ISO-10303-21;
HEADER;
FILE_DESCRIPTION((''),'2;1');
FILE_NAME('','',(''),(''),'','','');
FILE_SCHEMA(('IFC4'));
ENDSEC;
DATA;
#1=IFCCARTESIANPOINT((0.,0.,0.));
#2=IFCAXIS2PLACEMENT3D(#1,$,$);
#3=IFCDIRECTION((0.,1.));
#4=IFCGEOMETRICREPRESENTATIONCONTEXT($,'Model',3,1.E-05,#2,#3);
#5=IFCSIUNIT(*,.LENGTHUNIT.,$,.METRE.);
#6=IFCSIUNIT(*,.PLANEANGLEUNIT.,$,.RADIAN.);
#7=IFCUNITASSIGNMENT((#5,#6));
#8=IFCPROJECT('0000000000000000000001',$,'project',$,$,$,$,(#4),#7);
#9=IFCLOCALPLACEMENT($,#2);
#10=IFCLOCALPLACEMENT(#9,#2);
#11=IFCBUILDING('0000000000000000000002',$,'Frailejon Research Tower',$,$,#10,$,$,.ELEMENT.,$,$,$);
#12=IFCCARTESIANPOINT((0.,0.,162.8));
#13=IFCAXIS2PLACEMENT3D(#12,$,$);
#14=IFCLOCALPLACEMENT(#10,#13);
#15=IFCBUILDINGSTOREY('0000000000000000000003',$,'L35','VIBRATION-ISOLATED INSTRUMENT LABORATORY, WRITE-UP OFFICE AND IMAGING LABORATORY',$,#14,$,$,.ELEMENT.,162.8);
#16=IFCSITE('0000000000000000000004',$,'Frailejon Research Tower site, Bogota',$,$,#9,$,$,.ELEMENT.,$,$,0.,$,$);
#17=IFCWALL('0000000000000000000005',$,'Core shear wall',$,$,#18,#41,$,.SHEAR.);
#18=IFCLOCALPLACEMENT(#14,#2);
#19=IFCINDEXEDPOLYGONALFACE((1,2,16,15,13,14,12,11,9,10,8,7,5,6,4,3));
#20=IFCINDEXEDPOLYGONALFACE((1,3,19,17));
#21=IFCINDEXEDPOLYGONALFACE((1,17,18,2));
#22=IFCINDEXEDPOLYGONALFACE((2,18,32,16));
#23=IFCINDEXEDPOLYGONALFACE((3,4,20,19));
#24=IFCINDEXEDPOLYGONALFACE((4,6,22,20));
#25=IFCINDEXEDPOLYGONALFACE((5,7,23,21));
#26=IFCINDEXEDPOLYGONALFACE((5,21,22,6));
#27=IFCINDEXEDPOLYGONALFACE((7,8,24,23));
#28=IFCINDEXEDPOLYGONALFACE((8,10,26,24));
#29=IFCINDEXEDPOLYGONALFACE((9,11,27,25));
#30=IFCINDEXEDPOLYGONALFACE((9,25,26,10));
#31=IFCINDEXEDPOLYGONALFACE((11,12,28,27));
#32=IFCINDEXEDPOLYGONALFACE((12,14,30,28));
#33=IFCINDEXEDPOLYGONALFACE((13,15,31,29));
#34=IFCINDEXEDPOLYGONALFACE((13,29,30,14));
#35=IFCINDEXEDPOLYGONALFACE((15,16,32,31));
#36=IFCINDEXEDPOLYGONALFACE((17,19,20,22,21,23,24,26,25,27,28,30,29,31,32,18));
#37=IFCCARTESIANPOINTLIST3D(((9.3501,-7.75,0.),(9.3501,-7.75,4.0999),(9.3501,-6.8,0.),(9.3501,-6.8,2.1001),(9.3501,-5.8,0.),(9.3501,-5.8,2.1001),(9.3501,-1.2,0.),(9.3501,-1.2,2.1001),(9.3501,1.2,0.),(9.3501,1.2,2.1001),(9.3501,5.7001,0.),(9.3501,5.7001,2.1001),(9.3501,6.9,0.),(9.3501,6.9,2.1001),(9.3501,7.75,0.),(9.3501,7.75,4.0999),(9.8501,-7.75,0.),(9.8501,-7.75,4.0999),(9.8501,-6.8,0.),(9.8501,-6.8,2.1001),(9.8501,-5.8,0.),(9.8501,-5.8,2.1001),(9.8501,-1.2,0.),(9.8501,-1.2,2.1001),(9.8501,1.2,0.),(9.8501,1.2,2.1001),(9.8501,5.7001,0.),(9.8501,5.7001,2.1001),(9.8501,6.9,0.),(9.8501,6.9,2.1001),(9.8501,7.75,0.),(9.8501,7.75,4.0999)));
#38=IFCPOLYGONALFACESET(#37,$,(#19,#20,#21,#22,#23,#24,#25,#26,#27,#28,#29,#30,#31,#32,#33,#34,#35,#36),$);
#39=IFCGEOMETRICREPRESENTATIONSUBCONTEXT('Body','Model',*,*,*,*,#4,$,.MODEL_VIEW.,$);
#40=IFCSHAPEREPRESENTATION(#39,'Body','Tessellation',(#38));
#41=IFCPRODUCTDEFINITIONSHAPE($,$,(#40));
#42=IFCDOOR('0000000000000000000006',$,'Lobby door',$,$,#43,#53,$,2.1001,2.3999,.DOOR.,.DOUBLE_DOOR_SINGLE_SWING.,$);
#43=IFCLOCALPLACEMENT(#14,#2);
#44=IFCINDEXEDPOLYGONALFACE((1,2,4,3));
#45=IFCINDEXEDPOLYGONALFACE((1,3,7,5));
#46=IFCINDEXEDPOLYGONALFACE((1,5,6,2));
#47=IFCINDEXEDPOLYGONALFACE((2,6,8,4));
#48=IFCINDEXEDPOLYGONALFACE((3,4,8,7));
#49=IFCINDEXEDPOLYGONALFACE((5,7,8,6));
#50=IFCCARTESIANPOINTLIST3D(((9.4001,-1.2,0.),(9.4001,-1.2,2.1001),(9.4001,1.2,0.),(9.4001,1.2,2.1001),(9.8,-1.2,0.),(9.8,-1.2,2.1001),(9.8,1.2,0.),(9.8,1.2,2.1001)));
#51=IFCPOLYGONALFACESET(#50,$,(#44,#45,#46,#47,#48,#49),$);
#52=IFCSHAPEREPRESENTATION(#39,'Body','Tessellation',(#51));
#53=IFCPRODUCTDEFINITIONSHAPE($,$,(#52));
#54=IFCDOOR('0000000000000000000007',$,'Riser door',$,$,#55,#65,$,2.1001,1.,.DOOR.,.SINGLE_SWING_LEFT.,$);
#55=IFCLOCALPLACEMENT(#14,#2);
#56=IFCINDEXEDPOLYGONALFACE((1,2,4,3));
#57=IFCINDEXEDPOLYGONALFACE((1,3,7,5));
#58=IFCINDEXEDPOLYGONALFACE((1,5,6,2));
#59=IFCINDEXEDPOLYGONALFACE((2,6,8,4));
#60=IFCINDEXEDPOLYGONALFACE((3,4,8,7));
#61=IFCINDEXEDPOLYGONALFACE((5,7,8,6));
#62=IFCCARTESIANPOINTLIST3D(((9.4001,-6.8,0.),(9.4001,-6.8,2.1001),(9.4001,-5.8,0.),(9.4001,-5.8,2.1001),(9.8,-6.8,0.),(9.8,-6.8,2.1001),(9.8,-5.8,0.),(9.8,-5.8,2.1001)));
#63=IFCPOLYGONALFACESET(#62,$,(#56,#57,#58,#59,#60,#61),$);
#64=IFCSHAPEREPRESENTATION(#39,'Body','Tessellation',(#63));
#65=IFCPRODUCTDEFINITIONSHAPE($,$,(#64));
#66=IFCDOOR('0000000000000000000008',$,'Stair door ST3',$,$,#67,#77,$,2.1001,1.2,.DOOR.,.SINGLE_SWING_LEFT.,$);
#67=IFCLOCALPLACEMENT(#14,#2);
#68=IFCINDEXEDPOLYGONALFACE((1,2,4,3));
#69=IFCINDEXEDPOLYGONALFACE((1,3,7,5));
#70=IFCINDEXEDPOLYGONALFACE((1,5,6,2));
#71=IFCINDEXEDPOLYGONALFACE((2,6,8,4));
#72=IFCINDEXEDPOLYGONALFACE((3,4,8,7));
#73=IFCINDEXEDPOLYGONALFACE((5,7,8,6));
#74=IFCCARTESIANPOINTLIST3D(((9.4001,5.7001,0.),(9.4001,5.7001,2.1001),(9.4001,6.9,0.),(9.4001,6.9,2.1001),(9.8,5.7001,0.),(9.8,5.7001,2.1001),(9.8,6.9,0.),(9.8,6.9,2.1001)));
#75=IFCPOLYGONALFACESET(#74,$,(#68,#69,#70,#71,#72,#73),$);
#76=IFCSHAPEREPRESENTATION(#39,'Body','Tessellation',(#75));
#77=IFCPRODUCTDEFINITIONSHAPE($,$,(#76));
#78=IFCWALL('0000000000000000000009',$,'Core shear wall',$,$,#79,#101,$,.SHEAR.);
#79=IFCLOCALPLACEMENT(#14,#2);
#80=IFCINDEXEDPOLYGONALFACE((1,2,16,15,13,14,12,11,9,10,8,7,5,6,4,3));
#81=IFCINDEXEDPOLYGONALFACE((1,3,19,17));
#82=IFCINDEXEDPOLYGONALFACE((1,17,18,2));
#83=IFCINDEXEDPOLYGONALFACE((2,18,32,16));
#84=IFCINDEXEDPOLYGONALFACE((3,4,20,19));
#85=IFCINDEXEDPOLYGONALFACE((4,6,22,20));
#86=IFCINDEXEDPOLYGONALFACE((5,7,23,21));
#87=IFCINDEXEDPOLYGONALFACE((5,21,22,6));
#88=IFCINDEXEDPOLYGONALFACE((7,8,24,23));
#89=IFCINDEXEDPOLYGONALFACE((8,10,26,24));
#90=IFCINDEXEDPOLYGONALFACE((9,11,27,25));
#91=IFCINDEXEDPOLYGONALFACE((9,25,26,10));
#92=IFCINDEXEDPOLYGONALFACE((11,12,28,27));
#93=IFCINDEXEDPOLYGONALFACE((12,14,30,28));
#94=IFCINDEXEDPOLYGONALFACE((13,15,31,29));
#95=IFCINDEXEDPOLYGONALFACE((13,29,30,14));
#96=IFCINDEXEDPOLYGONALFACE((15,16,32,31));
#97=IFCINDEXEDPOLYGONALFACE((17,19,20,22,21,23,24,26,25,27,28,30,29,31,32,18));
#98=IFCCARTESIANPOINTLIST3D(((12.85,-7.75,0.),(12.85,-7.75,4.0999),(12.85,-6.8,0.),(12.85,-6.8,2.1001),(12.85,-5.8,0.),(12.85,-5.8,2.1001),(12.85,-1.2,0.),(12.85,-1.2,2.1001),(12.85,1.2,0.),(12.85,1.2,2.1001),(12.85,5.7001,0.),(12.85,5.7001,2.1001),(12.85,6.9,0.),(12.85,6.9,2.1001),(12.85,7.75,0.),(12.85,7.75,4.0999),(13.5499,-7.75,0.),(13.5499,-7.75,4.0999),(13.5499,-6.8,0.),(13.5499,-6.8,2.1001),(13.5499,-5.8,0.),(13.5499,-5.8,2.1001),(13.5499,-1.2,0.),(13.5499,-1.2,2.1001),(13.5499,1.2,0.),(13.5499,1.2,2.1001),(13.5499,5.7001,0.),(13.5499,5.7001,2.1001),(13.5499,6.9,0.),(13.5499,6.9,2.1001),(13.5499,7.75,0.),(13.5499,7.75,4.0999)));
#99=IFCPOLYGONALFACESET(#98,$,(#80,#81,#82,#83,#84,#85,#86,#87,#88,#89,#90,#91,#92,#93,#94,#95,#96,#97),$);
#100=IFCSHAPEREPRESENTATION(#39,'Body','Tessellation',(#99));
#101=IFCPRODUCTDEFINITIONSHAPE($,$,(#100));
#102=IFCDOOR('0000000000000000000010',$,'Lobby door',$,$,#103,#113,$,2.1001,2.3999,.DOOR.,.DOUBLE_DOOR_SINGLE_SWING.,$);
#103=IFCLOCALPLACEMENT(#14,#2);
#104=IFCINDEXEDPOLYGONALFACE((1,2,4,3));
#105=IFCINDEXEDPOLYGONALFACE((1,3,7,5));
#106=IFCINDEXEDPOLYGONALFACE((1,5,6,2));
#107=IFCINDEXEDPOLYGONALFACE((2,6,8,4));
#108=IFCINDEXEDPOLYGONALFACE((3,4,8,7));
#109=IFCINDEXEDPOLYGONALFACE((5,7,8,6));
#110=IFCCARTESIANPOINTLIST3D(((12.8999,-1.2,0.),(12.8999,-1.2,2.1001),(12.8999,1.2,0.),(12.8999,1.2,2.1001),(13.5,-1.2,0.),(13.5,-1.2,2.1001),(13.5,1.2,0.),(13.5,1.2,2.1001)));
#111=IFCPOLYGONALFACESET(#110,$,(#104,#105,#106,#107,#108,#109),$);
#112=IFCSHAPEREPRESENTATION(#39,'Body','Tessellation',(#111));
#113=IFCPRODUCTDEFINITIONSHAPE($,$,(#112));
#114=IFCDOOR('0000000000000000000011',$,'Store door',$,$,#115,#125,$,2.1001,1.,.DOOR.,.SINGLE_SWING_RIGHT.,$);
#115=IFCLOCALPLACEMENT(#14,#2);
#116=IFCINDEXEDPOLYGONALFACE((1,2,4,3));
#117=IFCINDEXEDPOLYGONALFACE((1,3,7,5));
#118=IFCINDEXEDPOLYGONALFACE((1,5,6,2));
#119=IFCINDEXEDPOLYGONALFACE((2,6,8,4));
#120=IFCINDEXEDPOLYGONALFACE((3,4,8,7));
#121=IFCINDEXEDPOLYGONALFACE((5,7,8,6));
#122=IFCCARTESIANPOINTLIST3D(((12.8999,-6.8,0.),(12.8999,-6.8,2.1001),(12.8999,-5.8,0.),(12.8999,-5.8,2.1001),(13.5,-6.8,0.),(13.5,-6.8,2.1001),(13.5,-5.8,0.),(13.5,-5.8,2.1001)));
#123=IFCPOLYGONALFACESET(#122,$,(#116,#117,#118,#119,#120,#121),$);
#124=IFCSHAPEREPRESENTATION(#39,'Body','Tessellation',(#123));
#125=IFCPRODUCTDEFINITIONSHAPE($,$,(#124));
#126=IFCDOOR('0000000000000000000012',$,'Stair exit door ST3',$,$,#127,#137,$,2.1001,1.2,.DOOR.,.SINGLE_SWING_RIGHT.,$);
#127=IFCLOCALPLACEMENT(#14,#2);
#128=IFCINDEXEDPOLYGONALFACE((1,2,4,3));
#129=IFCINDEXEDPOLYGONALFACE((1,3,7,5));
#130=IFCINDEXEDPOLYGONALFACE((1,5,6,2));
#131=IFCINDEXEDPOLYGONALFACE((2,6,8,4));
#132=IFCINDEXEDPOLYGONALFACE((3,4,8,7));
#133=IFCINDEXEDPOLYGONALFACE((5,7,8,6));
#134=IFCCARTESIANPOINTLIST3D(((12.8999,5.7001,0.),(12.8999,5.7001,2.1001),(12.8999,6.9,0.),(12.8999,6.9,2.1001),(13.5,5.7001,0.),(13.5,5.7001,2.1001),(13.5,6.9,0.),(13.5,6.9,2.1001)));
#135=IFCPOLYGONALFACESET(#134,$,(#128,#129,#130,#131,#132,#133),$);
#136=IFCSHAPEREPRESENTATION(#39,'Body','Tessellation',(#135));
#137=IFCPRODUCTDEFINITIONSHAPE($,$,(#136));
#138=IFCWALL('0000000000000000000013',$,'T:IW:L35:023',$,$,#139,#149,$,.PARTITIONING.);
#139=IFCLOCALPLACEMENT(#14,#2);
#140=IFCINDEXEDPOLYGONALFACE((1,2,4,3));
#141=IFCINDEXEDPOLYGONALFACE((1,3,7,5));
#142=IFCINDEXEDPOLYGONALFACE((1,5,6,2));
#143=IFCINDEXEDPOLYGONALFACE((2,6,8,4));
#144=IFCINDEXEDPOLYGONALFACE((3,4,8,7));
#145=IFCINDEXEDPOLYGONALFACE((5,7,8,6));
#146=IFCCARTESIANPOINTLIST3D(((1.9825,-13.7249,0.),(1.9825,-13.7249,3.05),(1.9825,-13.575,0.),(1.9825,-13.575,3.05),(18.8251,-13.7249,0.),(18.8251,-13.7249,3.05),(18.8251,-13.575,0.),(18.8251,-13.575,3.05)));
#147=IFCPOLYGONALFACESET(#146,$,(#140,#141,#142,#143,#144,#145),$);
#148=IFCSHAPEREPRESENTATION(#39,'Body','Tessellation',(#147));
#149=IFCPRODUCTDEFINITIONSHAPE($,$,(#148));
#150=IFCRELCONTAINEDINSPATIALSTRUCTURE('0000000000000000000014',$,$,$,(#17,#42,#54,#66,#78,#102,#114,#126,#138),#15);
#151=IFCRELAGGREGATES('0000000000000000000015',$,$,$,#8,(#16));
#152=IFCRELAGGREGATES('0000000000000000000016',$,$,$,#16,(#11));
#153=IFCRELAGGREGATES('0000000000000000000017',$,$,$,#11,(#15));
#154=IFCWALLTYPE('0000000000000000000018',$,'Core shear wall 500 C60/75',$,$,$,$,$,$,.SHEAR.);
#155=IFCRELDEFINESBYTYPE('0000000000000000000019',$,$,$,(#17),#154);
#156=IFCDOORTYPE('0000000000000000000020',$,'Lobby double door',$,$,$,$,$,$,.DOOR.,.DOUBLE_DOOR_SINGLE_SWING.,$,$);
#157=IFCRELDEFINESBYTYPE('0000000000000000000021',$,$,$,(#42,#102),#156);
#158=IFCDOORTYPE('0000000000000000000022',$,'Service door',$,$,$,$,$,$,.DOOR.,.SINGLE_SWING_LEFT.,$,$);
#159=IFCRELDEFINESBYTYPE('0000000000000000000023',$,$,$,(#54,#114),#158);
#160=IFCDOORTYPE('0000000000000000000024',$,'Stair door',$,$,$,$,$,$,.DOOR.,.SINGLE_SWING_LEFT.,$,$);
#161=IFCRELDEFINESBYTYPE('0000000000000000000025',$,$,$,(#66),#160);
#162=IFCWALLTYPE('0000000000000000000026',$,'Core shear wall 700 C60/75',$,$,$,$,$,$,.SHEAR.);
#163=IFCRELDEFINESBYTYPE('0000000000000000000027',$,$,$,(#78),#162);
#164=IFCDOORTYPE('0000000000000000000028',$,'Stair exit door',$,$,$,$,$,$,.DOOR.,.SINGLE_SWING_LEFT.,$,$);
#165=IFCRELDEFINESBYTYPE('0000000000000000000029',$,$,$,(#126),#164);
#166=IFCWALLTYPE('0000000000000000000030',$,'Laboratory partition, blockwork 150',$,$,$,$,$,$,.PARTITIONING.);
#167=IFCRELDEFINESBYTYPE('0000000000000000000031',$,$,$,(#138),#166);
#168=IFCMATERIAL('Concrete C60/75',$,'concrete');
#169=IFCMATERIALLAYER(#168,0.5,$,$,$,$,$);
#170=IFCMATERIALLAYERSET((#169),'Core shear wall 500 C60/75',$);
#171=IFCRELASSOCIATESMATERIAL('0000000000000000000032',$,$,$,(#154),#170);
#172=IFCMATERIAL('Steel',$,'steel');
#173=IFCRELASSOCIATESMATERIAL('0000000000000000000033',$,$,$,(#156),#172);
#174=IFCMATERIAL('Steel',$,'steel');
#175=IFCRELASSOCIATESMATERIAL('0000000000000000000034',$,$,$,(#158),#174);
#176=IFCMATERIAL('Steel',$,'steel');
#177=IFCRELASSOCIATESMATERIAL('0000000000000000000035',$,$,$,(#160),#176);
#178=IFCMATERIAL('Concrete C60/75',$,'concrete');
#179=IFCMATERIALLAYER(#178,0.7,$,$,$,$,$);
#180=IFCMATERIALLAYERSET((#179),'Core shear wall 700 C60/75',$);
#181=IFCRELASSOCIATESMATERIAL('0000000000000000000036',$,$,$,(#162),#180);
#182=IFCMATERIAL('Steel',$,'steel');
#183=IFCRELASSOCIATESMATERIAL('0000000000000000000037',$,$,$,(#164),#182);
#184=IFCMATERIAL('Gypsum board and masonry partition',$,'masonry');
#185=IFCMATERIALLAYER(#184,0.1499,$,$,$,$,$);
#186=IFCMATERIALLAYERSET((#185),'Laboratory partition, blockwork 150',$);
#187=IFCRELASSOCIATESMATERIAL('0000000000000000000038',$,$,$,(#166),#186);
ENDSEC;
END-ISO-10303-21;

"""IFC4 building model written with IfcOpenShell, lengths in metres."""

from ifc_helpers import new_model, si_unit, direction, frame, frame_2d, origin, place, context, subcontext, project, spatial, rectangle, extrude, material, layer, layer_set, type_object, element, fill, save


model = new_model("IFC4")

# Units and contexts
model_context = context("Model", 3, precision=1e-05, world=origin(), true_north=direction((0.0, 1.0)))
body_context = subcontext(model_context, "Body", "Model", "MODEL_VIEW")
ifc_project = project(units=[si_unit("LENGTHUNIT", "METRE"), si_unit("PLANEANGLEUNIT", "RADIAN")], contexts=[model_context])

# Site, building, storey
site_placement = place(None, origin())
site = spatial("IfcSite", under=ifc_project, at=site_placement, Name="Frailejon Research Tower site, Bogota", CompositionType="ELEMENT", RefElevation=0.0)
building_placement = place(site_placement, origin())
building = spatial("IfcBuilding", under=site, at=building_placement, Name="Frailejon Research Tower", CompositionType="ELEMENT")
storey_placement = place(building_placement, frame((0.0, 0.0, 162.8)))
storey = spatial("IfcBuildingStorey", under=building, at=storey_placement, Name="L35", Description="VIBRATION-ISOLATED INSTRUMENT LABORATORY, WRITE-UP OFFICE AND IMAGING LABORATORY", CompositionType="ELEMENT", Elevation=162.8)

# Walls, openings, doors
ifc_material_1 = material(Name="Concrete C60/75", Category="concrete")
ifc_layer_1 = layer(ifc_material_1, 0.5)
ifc_layer_set_1 = layer_set([ifc_layer_1], Name="Core shear wall 500 C60/75")
wall_type_1 = type_object("IfcWallType", Name="Core shear wall 500 C60/75", PredefinedType="SHEAR", material=ifc_layer_set_1)
wall_1_placement = place(storey_placement, frame((9.6001, -7.75, 0.0), z_axis=(0.0, 0.0, 1.0), x_axis=(0.0, 1.0, 0.0)))
wall_1 = element("IfcWall", 1, at=wall_1_placement, inside=storey, type_object=wall_type_1, Name="Core shear wall", PredefinedType="SHEAR", context=body_context, shape_type="SweptSolid", body=[
    extrude(rectangle(XDim=15.5, YDim=0.5, at=frame_2d((7.75, 0.0))), origin(), (0.0, 0.0, 1.0), 4.0999),
])
opening_1_placement = place(wall_1_placement, frame((6.55, 0.0, 0.0)))
opening_1 = element("IfcOpeningElement", 2, at=opening_1_placement, cuts=wall_1, PredefinedType="OPENING", context=body_context, shape_type="SweptSolid", body=[
    extrude(rectangle(XDim=2.3999, YDim=2.1001, at=frame_2d((1.2, 1.05))), frame((0.0, 0.26, 0.0), z_axis=(0.0, -1.0, 0.0), x_axis=(1.0, 0.0, 0.0)), (0.0, 0.0, 1.0), 0.52),
])
opening_2_placement = place(wall_1_placement, frame((13.45, 0.0, 0.0)))
opening_2 = element("IfcOpeningElement", 3, at=opening_2_placement, cuts=wall_1, PredefinedType="OPENING", context=body_context, shape_type="SweptSolid", body=[
    extrude(rectangle(XDim=1.2, YDim=2.1001, at=frame_2d((0.6001, 1.05))), frame((0.0, 0.26, 0.0), z_axis=(0.0, -1.0, 0.0), x_axis=(1.0, 0.0, 0.0)), (0.0, 0.0, 1.0), 0.52),
])
opening_3_placement = place(wall_1_placement, frame((0.95, 0.0, 0.0)))
opening_3 = element("IfcOpeningElement", 4, at=opening_3_placement, cuts=wall_1, PredefinedType="OPENING", context=body_context, shape_type="SweptSolid", body=[
    extrude(rectangle(XDim=1.0, YDim=2.1001, at=frame_2d((0.5, 1.05))), frame((0.0, 0.26, 0.0), z_axis=(0.0, -1.0, 0.0), x_axis=(1.0, 0.0, 0.0)), (0.0, 0.0, 1.0), 0.52),
])
ifc_material_2 = material(Name="Steel", Category="steel")
door_type_1 = type_object("IfcDoorType", Name="Lobby double door", OperationType="DOUBLE_DOOR_SINGLE_SWING", PredefinedType="DOOR", material=ifc_material_2)
door_1_placement = place(opening_1_placement, origin())
door_1 = element("IfcDoor", 5, at=door_1_placement, inside=storey, type_object=door_type_1, Name="Lobby door", OperationType="DOUBLE_DOOR_SINGLE_SWING", OverallHeight=2.1001, OverallWidth=2.3999, PredefinedType="DOOR", context=body_context, shape_type="SweptSolid", body=[
    extrude(rectangle(XDim=2.3999, YDim=2.1001, at=frame_2d((1.2, 1.05))), frame((0.0, 0.2, 0.0), z_axis=(0.0, -1.0, 0.0), x_axis=(1.0, 0.0, 0.0)), (0.0, 0.0, 1.0), 0.3999),
])
fill(opening_1, door_1)
ifc_material_3 = material(Name="Steel", Category="steel")
door_type_2 = type_object("IfcDoorType", Name="Service door", OperationType="SINGLE_SWING_LEFT", PredefinedType="DOOR", material=ifc_material_3)
door_2_placement = place(opening_3_placement, origin())
door_2 = element("IfcDoor", 6, at=door_2_placement, inside=storey, type_object=door_type_2, Name="Riser door", OperationType="SINGLE_SWING_LEFT", OverallHeight=2.1001, OverallWidth=1.0, PredefinedType="DOOR", context=body_context, shape_type="SweptSolid", body=[
    extrude(rectangle(XDim=1.0, YDim=2.1001, at=frame_2d((0.5, 1.05))), frame((0.0, 0.2, 0.0), z_axis=(0.0, -1.0, 0.0), x_axis=(1.0, 0.0, 0.0)), (0.0, 0.0, 1.0), 0.3999),
])
fill(opening_3, door_2)
ifc_material_4 = material(Name="Steel", Category="steel")
door_type_3 = type_object("IfcDoorType", Name="Stair door", OperationType="SINGLE_SWING_LEFT", PredefinedType="DOOR", material=ifc_material_4)
door_3_placement = place(opening_2_placement, origin())
door_3 = element("IfcDoor", 7, at=door_3_placement, inside=storey, type_object=door_type_3, Name="Stair door ST3", OperationType="SINGLE_SWING_LEFT", OverallHeight=2.1001, OverallWidth=1.2, PredefinedType="DOOR", context=body_context, shape_type="SweptSolid", body=[
    extrude(rectangle(XDim=1.2, YDim=2.1001, at=frame_2d((0.6001, 1.05))), frame((0.0, 0.2, 0.0), z_axis=(0.0, -1.0, 0.0), x_axis=(1.0, 0.0, 0.0)), (0.0, 0.0, 1.0), 0.3999),
])
fill(opening_2, door_3)
ifc_material_5 = material(Name="Concrete C60/75", Category="concrete")
ifc_layer_2 = layer(ifc_material_5, 0.7)
ifc_layer_set_2 = layer_set([ifc_layer_2], Name="Core shear wall 700 C60/75")
wall_type_2 = type_object("IfcWallType", Name="Core shear wall 700 C60/75", PredefinedType="SHEAR", material=ifc_layer_set_2)
wall_2_placement = place(storey_placement, frame((13.2, -7.75, 0.0), z_axis=(0.0, 0.0, 1.0), x_axis=(0.0, 1.0, 0.0)))
wall_2 = element("IfcWall", 8, at=wall_2_placement, inside=storey, type_object=wall_type_2, Name="Core shear wall", PredefinedType="SHEAR", context=body_context, shape_type="SweptSolid", body=[
    extrude(rectangle(XDim=15.5, YDim=0.7, at=frame_2d((7.75, 0.0))), origin(), (0.0, 0.0, 1.0), 4.0999),
])
opening_4_placement = place(wall_2_placement, frame((6.55, 0.0, 0.0)))
opening_4 = element("IfcOpeningElement", 9, at=opening_4_placement, cuts=wall_2, PredefinedType="OPENING", context=body_context, shape_type="SweptSolid", body=[
    extrude(rectangle(XDim=2.3999, YDim=2.1001, at=frame_2d((1.2, 1.05))), frame((0.0, 0.3599, 0.0), z_axis=(0.0, -1.0, 0.0), x_axis=(1.0, 0.0, 0.0)), (0.0, 0.0, 1.0), 0.72),
])
opening_5_placement = place(wall_2_placement, frame((13.45, 0.0, 0.0)))
opening_5 = element("IfcOpeningElement", 10, at=opening_5_placement, cuts=wall_2, PredefinedType="OPENING", context=body_context, shape_type="SweptSolid", body=[
    extrude(rectangle(XDim=1.2, YDim=2.1001, at=frame_2d((0.6001, 1.05))), frame((0.0, 0.3599, 0.0), z_axis=(0.0, -1.0, 0.0), x_axis=(1.0, 0.0, 0.0)), (0.0, 0.0, 1.0), 0.72),
])
opening_6_placement = place(wall_2_placement, frame((0.95, 0.0, 0.0)))
opening_6 = element("IfcOpeningElement", 11, at=opening_6_placement, cuts=wall_2, PredefinedType="OPENING", context=body_context, shape_type="SweptSolid", body=[
    extrude(rectangle(XDim=1.0, YDim=2.1001, at=frame_2d((0.5, 1.05))), frame((0.0, 0.3599, 0.0), z_axis=(0.0, -1.0, 0.0), x_axis=(1.0, 0.0, 0.0)), (0.0, 0.0, 1.0), 0.72),
])
door_4_placement = place(opening_4_placement, origin())
door_4 = element("IfcDoor", 12, at=door_4_placement, inside=storey, type_object=door_type_1, Name="Lobby door", OperationType="DOUBLE_DOOR_SINGLE_SWING", OverallHeight=2.1001, OverallWidth=2.3999, PredefinedType="DOOR", context=body_context, shape_type="SweptSolid", body=[
    extrude(rectangle(XDim=2.3999, YDim=2.1001, at=frame_2d((1.2, 1.05))), frame((0.0, 0.3, 0.0), z_axis=(0.0, -1.0, 0.0), x_axis=(1.0, 0.0, 0.0)), (0.0, 0.0, 1.0), 0.6001),
])
fill(opening_4, door_4)
door_5_placement = place(opening_6_placement, origin())
door_5 = element("IfcDoor", 13, at=door_5_placement, inside=storey, type_object=door_type_2, Name="Store door", OperationType="SINGLE_SWING_RIGHT", OverallHeight=2.1001, OverallWidth=1.0, PredefinedType="DOOR", context=body_context, shape_type="SweptSolid", body=[
    extrude(rectangle(XDim=1.0, YDim=2.1001, at=frame_2d((0.5, 1.05))), frame((0.0, 0.3, 0.0), z_axis=(0.0, -1.0, 0.0), x_axis=(1.0, 0.0, 0.0)), (0.0, 0.0, 1.0), 0.6001),
])
fill(opening_6, door_5)
ifc_material_6 = material(Name="Steel", Category="steel")
door_type_4 = type_object("IfcDoorType", Name="Stair exit door", OperationType="SINGLE_SWING_LEFT", PredefinedType="DOOR", material=ifc_material_6)
door_6_placement = place(opening_5_placement, origin())
door_6 = element("IfcDoor", 14, at=door_6_placement, inside=storey, type_object=door_type_4, Name="Stair exit door ST3", OperationType="SINGLE_SWING_RIGHT", OverallHeight=2.1001, OverallWidth=1.2, PredefinedType="DOOR", context=body_context, shape_type="SweptSolid", body=[
    extrude(rectangle(XDim=1.2, YDim=2.1001, at=frame_2d((0.6001, 1.05))), frame((0.0, 0.3, 0.0), z_axis=(0.0, -1.0, 0.0), x_axis=(1.0, 0.0, 0.0)), (0.0, 0.0, 1.0), 0.6001),
])
fill(opening_5, door_6)

# Wall
ifc_material_7 = material(Name="Gypsum board and masonry partition", Category="masonry")
ifc_layer_3 = layer(ifc_material_7, 0.1499)
ifc_layer_set_3 = layer_set([ifc_layer_3], Name="Laboratory partition, blockwork 150")
wall_type_3 = type_object("IfcWallType", Name="Laboratory partition, blockwork 150", PredefinedType="PARTITIONING", material=ifc_layer_set_3)
wall_3_placement = place(storey_placement, frame((1.9824, -13.6499, 0.0), z_axis=(0.0, 0.0, 1.0), x_axis=(1.0, 0.0, 0.0)))
element("IfcWall", 15, at=wall_3_placement, inside=storey, type_object=wall_type_3, Name="T:IW:L35:023", PredefinedType="PARTITIONING", context=body_context, shape_type="SweptSolid", body=[
    extrude(rectangle(XDim=16.8425, YDim=0.1499, at=frame_2d((8.4214, 0.0))), origin(), (0.0, 0.0, 1.0), 3.05),
])

save(model, "model.ifc")
